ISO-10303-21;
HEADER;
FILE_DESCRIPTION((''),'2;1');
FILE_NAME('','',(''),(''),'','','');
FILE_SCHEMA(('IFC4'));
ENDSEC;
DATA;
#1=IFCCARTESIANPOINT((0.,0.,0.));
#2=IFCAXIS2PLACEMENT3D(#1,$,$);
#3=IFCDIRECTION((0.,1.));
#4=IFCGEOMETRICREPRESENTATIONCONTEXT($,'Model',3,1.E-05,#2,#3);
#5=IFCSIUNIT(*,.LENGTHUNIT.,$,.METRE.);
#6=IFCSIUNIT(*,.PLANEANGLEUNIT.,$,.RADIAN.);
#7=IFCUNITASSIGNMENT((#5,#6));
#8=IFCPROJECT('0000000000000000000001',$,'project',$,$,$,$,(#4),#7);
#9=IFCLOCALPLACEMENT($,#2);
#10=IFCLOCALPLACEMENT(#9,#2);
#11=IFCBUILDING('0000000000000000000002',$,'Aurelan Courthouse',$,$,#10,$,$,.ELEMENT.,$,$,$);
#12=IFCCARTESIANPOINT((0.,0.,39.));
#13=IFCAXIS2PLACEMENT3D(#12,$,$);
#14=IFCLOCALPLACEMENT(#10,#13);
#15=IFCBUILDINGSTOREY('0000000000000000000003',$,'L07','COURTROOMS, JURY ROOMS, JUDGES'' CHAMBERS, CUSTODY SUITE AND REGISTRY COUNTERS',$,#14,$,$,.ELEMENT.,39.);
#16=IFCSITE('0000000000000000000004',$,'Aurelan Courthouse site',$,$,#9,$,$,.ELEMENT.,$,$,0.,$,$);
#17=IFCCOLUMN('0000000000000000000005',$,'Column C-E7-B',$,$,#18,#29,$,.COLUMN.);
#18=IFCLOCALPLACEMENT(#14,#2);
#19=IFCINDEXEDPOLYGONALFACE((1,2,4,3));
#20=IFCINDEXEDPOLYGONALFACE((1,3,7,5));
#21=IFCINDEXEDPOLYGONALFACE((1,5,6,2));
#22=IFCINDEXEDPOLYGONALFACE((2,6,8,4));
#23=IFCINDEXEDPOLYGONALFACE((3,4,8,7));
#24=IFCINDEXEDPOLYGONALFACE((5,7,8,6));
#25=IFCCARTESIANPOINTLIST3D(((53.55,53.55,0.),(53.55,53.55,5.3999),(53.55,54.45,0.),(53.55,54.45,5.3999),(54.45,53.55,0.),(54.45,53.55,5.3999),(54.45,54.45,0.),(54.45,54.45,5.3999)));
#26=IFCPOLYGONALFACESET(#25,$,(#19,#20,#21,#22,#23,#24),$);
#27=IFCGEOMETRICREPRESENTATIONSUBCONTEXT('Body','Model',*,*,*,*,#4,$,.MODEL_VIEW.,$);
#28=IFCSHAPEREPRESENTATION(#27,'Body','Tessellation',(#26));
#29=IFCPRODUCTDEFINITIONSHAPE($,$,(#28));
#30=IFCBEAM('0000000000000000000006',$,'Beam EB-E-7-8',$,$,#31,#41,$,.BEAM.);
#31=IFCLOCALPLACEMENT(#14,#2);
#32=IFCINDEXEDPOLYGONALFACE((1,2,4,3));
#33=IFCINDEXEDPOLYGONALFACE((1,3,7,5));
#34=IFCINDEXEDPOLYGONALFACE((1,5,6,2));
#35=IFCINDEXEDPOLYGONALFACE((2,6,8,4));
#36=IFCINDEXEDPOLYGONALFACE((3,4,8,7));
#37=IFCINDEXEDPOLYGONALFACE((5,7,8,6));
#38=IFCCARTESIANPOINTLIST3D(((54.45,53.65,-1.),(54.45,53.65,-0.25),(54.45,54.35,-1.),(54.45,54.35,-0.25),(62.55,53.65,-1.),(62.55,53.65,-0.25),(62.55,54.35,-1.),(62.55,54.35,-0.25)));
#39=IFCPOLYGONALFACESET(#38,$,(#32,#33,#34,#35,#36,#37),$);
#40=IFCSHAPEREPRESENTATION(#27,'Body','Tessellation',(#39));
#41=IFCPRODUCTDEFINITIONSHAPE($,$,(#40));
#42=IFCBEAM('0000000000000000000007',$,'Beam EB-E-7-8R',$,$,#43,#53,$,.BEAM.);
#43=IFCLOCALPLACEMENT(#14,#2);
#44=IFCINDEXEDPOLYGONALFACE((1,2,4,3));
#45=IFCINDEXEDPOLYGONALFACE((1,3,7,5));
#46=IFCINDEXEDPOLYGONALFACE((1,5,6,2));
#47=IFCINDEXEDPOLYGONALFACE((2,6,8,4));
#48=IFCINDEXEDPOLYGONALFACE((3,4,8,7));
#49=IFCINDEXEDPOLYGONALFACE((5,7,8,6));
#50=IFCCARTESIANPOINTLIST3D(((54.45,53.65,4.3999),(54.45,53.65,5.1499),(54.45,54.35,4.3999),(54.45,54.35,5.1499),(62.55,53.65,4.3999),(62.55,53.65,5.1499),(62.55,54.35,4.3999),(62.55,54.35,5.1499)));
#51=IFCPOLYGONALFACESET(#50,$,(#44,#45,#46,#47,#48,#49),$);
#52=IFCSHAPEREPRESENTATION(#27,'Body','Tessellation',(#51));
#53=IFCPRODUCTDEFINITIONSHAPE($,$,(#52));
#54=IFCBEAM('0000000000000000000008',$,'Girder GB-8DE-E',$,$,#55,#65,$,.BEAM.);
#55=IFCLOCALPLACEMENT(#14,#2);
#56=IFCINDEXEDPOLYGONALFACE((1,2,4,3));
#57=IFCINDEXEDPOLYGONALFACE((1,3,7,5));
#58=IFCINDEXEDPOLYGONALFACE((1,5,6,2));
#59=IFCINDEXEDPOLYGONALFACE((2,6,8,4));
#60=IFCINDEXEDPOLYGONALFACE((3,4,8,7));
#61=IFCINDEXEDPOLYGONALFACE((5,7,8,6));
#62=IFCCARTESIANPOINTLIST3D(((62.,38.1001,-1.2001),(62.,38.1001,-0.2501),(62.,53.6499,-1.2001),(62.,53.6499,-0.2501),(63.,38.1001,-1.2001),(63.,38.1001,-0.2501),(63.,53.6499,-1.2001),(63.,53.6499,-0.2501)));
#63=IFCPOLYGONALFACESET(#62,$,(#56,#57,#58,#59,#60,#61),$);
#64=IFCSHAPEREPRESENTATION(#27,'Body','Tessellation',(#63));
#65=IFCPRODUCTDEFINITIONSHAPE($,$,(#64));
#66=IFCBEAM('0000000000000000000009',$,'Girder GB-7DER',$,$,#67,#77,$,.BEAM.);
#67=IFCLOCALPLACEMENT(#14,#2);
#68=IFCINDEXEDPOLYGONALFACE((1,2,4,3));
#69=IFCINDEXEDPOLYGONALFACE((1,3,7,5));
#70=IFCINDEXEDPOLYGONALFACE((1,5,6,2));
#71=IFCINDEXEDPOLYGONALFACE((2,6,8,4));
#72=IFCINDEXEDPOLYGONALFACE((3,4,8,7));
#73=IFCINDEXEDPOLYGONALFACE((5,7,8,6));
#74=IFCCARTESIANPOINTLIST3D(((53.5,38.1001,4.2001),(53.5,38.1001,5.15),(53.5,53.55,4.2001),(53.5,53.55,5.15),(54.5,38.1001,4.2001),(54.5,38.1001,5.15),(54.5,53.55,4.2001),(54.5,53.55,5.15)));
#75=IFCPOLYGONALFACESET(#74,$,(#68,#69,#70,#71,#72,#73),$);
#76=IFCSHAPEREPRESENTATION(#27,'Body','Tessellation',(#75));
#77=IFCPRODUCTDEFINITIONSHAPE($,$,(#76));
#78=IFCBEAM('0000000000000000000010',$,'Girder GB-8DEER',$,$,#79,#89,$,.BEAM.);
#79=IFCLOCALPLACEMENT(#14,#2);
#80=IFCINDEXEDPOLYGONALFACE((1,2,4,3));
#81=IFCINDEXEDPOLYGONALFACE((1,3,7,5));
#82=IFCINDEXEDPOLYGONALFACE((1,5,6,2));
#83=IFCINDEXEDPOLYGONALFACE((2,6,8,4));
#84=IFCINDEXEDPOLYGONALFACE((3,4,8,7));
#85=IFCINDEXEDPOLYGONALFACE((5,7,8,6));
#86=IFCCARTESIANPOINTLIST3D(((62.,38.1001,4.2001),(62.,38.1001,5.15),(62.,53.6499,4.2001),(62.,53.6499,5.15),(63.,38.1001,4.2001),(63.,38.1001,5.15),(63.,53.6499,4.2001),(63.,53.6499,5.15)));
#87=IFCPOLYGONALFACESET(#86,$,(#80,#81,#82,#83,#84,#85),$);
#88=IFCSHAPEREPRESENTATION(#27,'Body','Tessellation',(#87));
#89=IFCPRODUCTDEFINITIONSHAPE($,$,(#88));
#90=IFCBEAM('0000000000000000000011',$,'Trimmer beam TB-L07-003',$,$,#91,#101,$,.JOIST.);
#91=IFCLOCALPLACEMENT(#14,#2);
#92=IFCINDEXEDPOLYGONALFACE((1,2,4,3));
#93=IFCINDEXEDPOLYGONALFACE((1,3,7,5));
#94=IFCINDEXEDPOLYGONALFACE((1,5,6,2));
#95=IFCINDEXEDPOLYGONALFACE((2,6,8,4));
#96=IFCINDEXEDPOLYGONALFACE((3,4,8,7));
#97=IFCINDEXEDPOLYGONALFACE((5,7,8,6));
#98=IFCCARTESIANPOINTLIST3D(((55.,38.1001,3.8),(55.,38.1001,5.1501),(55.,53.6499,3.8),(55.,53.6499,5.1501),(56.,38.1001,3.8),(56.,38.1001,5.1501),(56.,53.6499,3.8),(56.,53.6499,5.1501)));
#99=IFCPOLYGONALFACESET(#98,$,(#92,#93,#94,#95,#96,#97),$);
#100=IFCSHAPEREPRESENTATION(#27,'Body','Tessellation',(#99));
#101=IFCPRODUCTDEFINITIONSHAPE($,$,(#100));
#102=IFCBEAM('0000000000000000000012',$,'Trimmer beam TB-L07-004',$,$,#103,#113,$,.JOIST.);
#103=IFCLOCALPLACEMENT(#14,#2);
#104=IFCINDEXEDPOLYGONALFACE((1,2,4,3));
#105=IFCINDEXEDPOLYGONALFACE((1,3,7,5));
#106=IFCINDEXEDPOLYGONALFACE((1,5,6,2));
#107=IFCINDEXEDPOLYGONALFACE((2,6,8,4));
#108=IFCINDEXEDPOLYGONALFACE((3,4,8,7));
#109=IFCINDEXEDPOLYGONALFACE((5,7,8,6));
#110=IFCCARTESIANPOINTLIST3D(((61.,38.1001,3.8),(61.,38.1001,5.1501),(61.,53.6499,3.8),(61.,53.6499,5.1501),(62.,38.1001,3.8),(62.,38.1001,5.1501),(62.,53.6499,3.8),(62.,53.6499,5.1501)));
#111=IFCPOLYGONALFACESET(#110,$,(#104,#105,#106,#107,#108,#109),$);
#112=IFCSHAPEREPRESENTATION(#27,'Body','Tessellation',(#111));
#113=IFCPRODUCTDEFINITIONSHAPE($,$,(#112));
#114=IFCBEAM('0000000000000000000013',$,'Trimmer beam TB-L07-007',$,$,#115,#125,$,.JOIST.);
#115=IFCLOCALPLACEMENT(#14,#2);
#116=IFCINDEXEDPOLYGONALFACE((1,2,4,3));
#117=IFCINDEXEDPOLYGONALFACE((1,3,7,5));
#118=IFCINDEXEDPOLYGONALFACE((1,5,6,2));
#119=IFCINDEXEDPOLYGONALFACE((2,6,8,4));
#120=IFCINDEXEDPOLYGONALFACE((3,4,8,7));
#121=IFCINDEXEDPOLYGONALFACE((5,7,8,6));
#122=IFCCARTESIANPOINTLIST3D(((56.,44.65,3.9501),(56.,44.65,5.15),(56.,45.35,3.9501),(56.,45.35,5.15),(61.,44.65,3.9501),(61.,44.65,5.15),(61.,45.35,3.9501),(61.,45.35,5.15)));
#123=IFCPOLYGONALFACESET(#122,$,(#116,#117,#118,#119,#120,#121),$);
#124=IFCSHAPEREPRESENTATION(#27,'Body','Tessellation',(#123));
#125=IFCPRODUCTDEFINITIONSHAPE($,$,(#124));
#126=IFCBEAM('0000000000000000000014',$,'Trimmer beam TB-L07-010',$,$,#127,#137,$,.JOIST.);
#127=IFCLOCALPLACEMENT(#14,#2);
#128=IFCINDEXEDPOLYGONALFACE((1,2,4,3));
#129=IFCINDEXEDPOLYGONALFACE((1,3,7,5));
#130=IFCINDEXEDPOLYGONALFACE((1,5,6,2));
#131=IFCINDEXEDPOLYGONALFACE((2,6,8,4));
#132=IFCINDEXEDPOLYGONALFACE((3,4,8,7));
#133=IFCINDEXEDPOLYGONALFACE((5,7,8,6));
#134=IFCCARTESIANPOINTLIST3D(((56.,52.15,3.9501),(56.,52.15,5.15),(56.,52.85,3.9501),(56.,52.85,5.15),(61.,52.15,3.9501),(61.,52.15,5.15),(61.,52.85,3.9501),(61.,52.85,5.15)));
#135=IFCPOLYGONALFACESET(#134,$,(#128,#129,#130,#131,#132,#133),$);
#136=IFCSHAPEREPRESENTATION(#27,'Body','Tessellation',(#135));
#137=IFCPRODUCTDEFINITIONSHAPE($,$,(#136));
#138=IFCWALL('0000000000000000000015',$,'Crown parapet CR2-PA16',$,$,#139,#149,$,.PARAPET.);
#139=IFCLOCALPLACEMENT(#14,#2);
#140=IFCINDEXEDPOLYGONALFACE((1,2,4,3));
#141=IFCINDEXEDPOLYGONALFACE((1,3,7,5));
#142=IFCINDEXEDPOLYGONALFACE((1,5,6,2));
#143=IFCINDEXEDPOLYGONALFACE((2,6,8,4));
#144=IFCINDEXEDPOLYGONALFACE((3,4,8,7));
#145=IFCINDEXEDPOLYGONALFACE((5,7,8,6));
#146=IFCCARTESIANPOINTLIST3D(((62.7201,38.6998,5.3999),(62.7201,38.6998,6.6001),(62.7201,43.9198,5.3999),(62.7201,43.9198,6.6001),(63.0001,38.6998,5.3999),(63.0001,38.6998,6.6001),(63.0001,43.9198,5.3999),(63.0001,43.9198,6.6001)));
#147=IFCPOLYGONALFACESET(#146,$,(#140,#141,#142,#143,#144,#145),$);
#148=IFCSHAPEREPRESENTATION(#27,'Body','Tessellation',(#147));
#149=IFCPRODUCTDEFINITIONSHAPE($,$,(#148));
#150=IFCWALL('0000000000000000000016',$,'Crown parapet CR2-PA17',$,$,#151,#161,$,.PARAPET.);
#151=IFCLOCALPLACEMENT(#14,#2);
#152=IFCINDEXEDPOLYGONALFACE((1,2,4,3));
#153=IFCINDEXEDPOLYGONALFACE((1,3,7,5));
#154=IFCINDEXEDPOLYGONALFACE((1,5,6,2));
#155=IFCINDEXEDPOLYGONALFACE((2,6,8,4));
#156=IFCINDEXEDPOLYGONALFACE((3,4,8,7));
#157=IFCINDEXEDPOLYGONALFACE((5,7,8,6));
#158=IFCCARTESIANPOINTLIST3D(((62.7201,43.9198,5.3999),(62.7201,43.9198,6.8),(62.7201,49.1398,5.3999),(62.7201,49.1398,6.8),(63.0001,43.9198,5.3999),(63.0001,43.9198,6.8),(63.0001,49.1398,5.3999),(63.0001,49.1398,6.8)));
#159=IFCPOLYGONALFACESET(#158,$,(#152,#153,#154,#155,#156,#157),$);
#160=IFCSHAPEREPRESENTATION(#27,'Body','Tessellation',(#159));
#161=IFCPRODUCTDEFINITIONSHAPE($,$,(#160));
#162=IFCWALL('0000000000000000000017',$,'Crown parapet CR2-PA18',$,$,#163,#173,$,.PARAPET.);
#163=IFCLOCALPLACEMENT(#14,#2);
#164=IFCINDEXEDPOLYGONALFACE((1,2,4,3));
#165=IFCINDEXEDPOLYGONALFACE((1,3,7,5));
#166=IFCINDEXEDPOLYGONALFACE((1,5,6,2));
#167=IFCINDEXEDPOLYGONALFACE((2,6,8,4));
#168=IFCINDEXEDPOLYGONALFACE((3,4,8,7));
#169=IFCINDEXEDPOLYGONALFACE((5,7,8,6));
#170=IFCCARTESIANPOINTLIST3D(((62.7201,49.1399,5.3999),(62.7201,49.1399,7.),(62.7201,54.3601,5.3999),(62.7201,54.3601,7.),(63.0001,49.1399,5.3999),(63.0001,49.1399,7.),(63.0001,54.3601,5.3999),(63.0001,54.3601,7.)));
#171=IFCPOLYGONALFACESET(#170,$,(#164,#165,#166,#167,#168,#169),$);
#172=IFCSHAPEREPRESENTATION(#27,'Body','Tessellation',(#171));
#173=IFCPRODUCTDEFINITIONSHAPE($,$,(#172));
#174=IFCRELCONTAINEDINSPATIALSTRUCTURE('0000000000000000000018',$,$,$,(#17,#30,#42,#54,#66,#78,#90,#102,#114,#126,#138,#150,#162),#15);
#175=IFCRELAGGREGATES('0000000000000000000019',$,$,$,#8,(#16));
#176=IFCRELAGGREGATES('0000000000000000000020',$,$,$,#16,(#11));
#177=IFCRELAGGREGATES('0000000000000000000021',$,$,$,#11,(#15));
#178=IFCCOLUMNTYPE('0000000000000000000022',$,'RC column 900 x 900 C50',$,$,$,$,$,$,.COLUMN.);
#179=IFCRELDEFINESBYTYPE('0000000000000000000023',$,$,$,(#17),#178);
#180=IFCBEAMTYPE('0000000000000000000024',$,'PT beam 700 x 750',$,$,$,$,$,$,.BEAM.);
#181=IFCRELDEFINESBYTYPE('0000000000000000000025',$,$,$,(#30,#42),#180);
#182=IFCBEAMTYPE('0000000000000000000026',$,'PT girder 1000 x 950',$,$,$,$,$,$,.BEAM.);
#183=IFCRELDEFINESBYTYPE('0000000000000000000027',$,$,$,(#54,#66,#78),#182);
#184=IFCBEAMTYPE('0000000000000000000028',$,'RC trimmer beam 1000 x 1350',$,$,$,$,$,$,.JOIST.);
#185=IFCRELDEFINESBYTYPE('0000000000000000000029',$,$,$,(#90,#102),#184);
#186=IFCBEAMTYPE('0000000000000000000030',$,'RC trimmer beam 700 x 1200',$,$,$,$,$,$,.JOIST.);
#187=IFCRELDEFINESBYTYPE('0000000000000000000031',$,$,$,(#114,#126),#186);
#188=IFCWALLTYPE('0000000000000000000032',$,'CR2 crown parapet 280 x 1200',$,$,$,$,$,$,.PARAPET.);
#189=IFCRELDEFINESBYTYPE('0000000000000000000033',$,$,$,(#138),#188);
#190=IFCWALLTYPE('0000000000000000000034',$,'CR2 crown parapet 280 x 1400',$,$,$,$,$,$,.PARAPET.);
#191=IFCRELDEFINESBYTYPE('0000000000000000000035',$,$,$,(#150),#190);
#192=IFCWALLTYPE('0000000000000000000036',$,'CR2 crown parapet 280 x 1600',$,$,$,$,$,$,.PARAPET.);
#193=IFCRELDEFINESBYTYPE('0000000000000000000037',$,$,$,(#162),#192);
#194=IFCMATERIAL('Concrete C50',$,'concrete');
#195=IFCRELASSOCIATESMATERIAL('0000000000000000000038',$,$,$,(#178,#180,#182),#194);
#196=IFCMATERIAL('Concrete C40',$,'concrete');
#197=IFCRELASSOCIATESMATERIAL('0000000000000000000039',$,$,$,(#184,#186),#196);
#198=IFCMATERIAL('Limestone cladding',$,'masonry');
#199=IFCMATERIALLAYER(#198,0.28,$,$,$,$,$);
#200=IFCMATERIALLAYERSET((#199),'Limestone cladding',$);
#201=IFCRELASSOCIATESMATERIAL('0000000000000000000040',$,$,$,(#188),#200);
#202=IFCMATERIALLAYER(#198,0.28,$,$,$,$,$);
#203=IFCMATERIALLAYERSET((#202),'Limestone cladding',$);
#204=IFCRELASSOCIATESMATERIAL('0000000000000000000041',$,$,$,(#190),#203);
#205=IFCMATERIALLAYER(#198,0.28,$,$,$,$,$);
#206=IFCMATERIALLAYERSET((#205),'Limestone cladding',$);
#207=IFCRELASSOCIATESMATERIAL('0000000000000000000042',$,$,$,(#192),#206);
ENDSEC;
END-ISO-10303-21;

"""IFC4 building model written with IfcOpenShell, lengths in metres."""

from ifc_helpers import new_model, si_unit, direction, frame, frame_2d, origin, origin_2d, place, context, subcontext, project, spatial, rectangle, extrude, material, layer, layer_set, material_profile, profile_set, type_object, element, save


model = new_model("IFC4")

# Units and contexts
model_context = context("Model", 3, precision=1e-05, world=origin(), true_north=direction((0.0, 1.0)))
body_context = subcontext(model_context, "Body", "Model", "MODEL_VIEW")
ifc_project = project(units=[si_unit("LENGTHUNIT", "METRE"), si_unit("PLANEANGLEUNIT", "RADIAN")], contexts=[model_context])

# Site, building, storey
site_placement = place(None, origin())
site = spatial("IfcSite", under=ifc_project, at=site_placement, Name="Aurelan Courthouse site", CompositionType="ELEMENT", RefElevation=0.0)
building_placement = place(site_placement, origin())
building = spatial("IfcBuilding", under=site, at=building_placement, Name="Aurelan Courthouse", CompositionType="ELEMENT")
storey_placement = place(building_placement, frame((0.0, 0.0, 39.0)))
storey = spatial("IfcBuildingStorey", under=building, at=storey_placement, Name="L07", Description="COURTROOMS, JURY ROOMS, JUDGES' CHAMBERS, CUSTODY SUITE AND REGISTRY COUNTERS", CompositionType="ELEMENT", Elevation=39.0)

# Column
ifc_material_1 = material(Name="Concrete C50", Category="concrete")
ifc_material_profile_1 = material_profile(ifc_material_1, rectangle(XDim=0.8999, YDim=0.8999, at=origin_2d()), Name="RC 900 x 900")
ifc_profile_set_1 = profile_set([ifc_material_profile_1], Name="Concrete C50")
column_type = type_object("IfcColumnType", Name="RC column 900 x 900 C50", PredefinedType="COLUMN", material=ifc_profile_set_1)
column_placement = place(storey_placement, frame((54.0, 54.0, 0.0), z_axis=(0.0, 0.0, 1.0), x_axis=(1.0, 0.0, 0.0)))
element("IfcColumn", 1, at=column_placement, inside=storey, type_object=column_type, Name="Column C-E7-B", PredefinedType="COLUMN", context=body_context, shape_type="SweptSolid", body=[
    extrude(rectangle(XDim=0.8999, YDim=0.8999, at=origin_2d()), origin(), (0.0, 0.0, 1.0), 5.3999),
])

# Beams
ifc_material_profile_2 = material_profile(ifc_material_1, rectangle(XDim=0.7, YDim=0.75, at=origin_2d()), Name="RC 700 x 750")
ifc_profile_set_2 = profile_set([ifc_material_profile_2], Name="Concrete C50")
beam_type_1 = type_object("IfcBeamType", Name="PT beam 700 x 750", PredefinedType="BEAM", material=ifc_profile_set_2)
for number, where, z_axis, x_axis, name in (
    (2, (54.45, 54.0, -0.625), (1.0, 0.0, 0.0), (0.0, 1.0, 0.0), "Beam EB-E-7-8"),
    (3, (54.45, 54.0, 4.7749), (1.0, 0.0, 0.0), (0.0, 1.0, 0.0), "Beam EB-E-7-8R"),
):
    element("IfcBeam", number, at=place(storey_placement, frame(where, z_axis=z_axis, x_axis=x_axis)), inside=storey, type_object=beam_type_1, Name=name, PredefinedType="BEAM", context=body_context, shape_type="SweptSolid", body=[
        extrude(rectangle(XDim=0.7, YDim=0.75, at=origin_2d()), origin(), (0.0, 0.0, 1.0), 8.1001),
    ])
ifc_material_profile_3 = material_profile(ifc_material_1, rectangle(XDim=1.0, YDim=0.95, at=origin_2d()), Name="RC 1000 x 950")
ifc_profile_set_3 = profile_set([ifc_material_profile_3], Name="Concrete C50")
beam_type_2 = type_object("IfcBeamType", Name="PT girder 1000 x 950", PredefinedType="BEAM", material=ifc_profile_set_3)
beam_1_placement = place(storey_placement, frame((62.5, 38.1001, -0.7251), z_axis=(0.0, 1.0, 0.0), x_axis=(-1.0, 0.0, 0.0)))
element("IfcBeam", 4, at=beam_1_placement, inside=storey, type_object=beam_type_2, Name="Girder GB-8DE-E", PredefinedType="BEAM", context=body_context, shape_type="SweptSolid", body=[
    extrude(rectangle(XDim=1.0, YDim=0.95, at=origin_2d()), origin(), (0.0, 0.0, 1.0), 15.5498),
])
beam_2_placement = place(storey_placement, frame((54.0, 38.1001, 4.675), z_axis=(0.0, 1.0, 0.0), x_axis=(-1.0, 0.0, 0.0)))
element("IfcBeam", 5, at=beam_2_placement, inside=storey, type_object=beam_type_2, Name="Girder GB-7DER", PredefinedType="BEAM", context=body_context, shape_type="SweptSolid", body=[
    extrude(rectangle(XDim=1.0, YDim=0.95, at=origin_2d()), origin(), (0.0, 0.0, 1.0), 15.45),
])
beam_3_placement = place(storey_placement, frame((62.5, 38.1001, 4.675), z_axis=(0.0, 1.0, 0.0), x_axis=(-1.0, 0.0, 0.0)))
element("IfcBeam", 6, at=beam_3_placement, inside=storey, type_object=beam_type_2, Name="Girder GB-8DEER", PredefinedType="BEAM", context=body_context, shape_type="SweptSolid", body=[
    extrude(rectangle(XDim=1.0, YDim=0.95, at=origin_2d()), origin(), (0.0, 0.0, 1.0), 15.5498),
])
ifc_material_2 = material(Name="Concrete C40", Category="concrete")
ifc_material_profile_4 = material_profile(ifc_material_2, rectangle(XDim=1.0, YDim=1.3501, at=origin_2d()), Name="RC 1000 x 1350")
ifc_profile_set_4 = profile_set([ifc_material_profile_4], Name="Concrete C40")
beam_type_3 = type_object("IfcBeamType", Name="RC trimmer beam 1000 x 1350", PredefinedType="JOIST", material=ifc_profile_set_4)
for number, where, z_axis, x_axis, name in (
    (7, (55.5, 38.1001, 4.4751), (0.0, 1.0, 0.0), (-1.0, 0.0, 0.0), "Trimmer beam TB-L07-003"),
    (8, (61.5, 38.1001, 4.4751), (0.0, 1.0, 0.0), (-1.0, 0.0, 0.0), "Trimmer beam TB-L07-004"),
):
    element("IfcBeam", number, at=place(storey_placement, frame(where, z_axis=z_axis, x_axis=x_axis)), inside=storey, type_object=beam_type_3, Name=name, PredefinedType="JOIST", context=body_context, shape_type="SweptSolid", body=[
        extrude(rectangle(XDim=1.0, YDim=1.3501, at=origin_2d()), origin(), (0.0, 0.0, 1.0), 15.5498),
    ])
ifc_material_profile_5 = material_profile(ifc_material_2, rectangle(XDim=0.7, YDim=1.2, at=origin_2d()), Name="RC 700 x 1200")
ifc_profile_set_5 = profile_set([ifc_material_profile_5], Name="Concrete C40")
beam_type_4 = type_object("IfcBeamType", Name="RC trimmer beam 700 x 1200", PredefinedType="JOIST", material=ifc_profile_set_5)
for number, where, z_axis, x_axis, name in (
    (9, (56.0, 45.0, 4.55), (1.0, 0.0, 0.0), (0.0, 1.0, 0.0), "Trimmer beam TB-L07-007"),
    (10, (56.0, 52.5, 4.55), (1.0, 0.0, 0.0), (0.0, 1.0, 0.0), "Trimmer beam TB-L07-010"),
):
    element("IfcBeam", number, at=place(storey_placement, frame(where, z_axis=z_axis, x_axis=x_axis)), inside=storey, type_object=beam_type_4, Name=name, PredefinedType="JOIST", context=body_context, shape_type="SweptSolid", body=[
        extrude(rectangle(XDim=0.7, YDim=1.2, at=origin_2d()), origin(), (0.0, 0.0, 1.0), 5.0),
    ])

# Walls
ifc_material_3 = material(Name="Limestone cladding", Category="masonry")
ifc_layer_1 = layer(ifc_material_3, 0.28)
ifc_layer_set_1 = layer_set([ifc_layer_1], Name="Limestone cladding")
wall_type_1 = type_object("IfcWallType", Name="CR2 crown parapet 280 x 1200", PredefinedType="PARAPET", material=ifc_layer_set_1)
wall_1_placement = place(storey_placement, frame((62.8601, 38.7, 5.3999), z_axis=(0.0, 0.0, 1.0), x_axis=(0.0, 1.0, 0.0)))
element("IfcWall", 11, at=wall_1_placement, inside=storey, type_object=wall_type_1, Name="Crown parapet CR2-PA16", PredefinedType="PARAPET", context=body_context, shape_type="SweptSolid", body=[
    extrude(rectangle(XDim=5.22, YDim=0.28, at=frame_2d((2.6099, 0.0))), origin(), (0.0, 0.0, 1.0), 1.2002),
])
ifc_layer_2 = layer(ifc_material_3, 0.28)
ifc_layer_set_2 = layer_set([ifc_layer_2], Name="Limestone cladding")
wall_type_2 = type_object("IfcWallType", Name="CR2 crown parapet 280 x 1400", PredefinedType="PARAPET", material=ifc_layer_set_2)
wall_2_placement = place(storey_placement, frame((62.8601, 43.9199, 5.3999), z_axis=(0.0, 0.0, 1.0), x_axis=(0.0, 1.0, 0.0)))
element("IfcWall", 12, at=wall_2_placement, inside=storey, type_object=wall_type_2, Name="Crown parapet CR2-PA17", PredefinedType="PARAPET", context=body_context, shape_type="SweptSolid", body=[
    extrude(rectangle(XDim=5.22, YDim=0.28, at=frame_2d((2.6099, 0.0))), origin(), (0.0, 0.0, 1.0), 1.4001),
])
ifc_layer_3 = layer(ifc_material_3, 0.28)
ifc_layer_set_3 = layer_set([ifc_layer_3], Name="Limestone cladding")
wall_type_3 = type_object("IfcWallType", Name="CR2 crown parapet 280 x 1600", PredefinedType="PARAPET", material=ifc_layer_set_3)
wall_3_placement = place(storey_placement, frame((62.8601, 49.1399, 5.3999), z_axis=(0.0, 0.0, 1.0), x_axis=(0.0, 1.0, 0.0)))
element("IfcWall", 13, at=wall_3_placement, inside=storey, type_object=wall_type_3, Name="Crown parapet CR2-PA18", PredefinedType="PARAPET", context=body_context, shape_type="SweptSolid", body=[
    extrude(rectangle(XDim=5.2202, YDim=0.28, at=frame_2d((2.6101, 0.0))), origin(), (0.0, 0.0, 1.0), 1.6001),
])

save(model, "model.ifc")
